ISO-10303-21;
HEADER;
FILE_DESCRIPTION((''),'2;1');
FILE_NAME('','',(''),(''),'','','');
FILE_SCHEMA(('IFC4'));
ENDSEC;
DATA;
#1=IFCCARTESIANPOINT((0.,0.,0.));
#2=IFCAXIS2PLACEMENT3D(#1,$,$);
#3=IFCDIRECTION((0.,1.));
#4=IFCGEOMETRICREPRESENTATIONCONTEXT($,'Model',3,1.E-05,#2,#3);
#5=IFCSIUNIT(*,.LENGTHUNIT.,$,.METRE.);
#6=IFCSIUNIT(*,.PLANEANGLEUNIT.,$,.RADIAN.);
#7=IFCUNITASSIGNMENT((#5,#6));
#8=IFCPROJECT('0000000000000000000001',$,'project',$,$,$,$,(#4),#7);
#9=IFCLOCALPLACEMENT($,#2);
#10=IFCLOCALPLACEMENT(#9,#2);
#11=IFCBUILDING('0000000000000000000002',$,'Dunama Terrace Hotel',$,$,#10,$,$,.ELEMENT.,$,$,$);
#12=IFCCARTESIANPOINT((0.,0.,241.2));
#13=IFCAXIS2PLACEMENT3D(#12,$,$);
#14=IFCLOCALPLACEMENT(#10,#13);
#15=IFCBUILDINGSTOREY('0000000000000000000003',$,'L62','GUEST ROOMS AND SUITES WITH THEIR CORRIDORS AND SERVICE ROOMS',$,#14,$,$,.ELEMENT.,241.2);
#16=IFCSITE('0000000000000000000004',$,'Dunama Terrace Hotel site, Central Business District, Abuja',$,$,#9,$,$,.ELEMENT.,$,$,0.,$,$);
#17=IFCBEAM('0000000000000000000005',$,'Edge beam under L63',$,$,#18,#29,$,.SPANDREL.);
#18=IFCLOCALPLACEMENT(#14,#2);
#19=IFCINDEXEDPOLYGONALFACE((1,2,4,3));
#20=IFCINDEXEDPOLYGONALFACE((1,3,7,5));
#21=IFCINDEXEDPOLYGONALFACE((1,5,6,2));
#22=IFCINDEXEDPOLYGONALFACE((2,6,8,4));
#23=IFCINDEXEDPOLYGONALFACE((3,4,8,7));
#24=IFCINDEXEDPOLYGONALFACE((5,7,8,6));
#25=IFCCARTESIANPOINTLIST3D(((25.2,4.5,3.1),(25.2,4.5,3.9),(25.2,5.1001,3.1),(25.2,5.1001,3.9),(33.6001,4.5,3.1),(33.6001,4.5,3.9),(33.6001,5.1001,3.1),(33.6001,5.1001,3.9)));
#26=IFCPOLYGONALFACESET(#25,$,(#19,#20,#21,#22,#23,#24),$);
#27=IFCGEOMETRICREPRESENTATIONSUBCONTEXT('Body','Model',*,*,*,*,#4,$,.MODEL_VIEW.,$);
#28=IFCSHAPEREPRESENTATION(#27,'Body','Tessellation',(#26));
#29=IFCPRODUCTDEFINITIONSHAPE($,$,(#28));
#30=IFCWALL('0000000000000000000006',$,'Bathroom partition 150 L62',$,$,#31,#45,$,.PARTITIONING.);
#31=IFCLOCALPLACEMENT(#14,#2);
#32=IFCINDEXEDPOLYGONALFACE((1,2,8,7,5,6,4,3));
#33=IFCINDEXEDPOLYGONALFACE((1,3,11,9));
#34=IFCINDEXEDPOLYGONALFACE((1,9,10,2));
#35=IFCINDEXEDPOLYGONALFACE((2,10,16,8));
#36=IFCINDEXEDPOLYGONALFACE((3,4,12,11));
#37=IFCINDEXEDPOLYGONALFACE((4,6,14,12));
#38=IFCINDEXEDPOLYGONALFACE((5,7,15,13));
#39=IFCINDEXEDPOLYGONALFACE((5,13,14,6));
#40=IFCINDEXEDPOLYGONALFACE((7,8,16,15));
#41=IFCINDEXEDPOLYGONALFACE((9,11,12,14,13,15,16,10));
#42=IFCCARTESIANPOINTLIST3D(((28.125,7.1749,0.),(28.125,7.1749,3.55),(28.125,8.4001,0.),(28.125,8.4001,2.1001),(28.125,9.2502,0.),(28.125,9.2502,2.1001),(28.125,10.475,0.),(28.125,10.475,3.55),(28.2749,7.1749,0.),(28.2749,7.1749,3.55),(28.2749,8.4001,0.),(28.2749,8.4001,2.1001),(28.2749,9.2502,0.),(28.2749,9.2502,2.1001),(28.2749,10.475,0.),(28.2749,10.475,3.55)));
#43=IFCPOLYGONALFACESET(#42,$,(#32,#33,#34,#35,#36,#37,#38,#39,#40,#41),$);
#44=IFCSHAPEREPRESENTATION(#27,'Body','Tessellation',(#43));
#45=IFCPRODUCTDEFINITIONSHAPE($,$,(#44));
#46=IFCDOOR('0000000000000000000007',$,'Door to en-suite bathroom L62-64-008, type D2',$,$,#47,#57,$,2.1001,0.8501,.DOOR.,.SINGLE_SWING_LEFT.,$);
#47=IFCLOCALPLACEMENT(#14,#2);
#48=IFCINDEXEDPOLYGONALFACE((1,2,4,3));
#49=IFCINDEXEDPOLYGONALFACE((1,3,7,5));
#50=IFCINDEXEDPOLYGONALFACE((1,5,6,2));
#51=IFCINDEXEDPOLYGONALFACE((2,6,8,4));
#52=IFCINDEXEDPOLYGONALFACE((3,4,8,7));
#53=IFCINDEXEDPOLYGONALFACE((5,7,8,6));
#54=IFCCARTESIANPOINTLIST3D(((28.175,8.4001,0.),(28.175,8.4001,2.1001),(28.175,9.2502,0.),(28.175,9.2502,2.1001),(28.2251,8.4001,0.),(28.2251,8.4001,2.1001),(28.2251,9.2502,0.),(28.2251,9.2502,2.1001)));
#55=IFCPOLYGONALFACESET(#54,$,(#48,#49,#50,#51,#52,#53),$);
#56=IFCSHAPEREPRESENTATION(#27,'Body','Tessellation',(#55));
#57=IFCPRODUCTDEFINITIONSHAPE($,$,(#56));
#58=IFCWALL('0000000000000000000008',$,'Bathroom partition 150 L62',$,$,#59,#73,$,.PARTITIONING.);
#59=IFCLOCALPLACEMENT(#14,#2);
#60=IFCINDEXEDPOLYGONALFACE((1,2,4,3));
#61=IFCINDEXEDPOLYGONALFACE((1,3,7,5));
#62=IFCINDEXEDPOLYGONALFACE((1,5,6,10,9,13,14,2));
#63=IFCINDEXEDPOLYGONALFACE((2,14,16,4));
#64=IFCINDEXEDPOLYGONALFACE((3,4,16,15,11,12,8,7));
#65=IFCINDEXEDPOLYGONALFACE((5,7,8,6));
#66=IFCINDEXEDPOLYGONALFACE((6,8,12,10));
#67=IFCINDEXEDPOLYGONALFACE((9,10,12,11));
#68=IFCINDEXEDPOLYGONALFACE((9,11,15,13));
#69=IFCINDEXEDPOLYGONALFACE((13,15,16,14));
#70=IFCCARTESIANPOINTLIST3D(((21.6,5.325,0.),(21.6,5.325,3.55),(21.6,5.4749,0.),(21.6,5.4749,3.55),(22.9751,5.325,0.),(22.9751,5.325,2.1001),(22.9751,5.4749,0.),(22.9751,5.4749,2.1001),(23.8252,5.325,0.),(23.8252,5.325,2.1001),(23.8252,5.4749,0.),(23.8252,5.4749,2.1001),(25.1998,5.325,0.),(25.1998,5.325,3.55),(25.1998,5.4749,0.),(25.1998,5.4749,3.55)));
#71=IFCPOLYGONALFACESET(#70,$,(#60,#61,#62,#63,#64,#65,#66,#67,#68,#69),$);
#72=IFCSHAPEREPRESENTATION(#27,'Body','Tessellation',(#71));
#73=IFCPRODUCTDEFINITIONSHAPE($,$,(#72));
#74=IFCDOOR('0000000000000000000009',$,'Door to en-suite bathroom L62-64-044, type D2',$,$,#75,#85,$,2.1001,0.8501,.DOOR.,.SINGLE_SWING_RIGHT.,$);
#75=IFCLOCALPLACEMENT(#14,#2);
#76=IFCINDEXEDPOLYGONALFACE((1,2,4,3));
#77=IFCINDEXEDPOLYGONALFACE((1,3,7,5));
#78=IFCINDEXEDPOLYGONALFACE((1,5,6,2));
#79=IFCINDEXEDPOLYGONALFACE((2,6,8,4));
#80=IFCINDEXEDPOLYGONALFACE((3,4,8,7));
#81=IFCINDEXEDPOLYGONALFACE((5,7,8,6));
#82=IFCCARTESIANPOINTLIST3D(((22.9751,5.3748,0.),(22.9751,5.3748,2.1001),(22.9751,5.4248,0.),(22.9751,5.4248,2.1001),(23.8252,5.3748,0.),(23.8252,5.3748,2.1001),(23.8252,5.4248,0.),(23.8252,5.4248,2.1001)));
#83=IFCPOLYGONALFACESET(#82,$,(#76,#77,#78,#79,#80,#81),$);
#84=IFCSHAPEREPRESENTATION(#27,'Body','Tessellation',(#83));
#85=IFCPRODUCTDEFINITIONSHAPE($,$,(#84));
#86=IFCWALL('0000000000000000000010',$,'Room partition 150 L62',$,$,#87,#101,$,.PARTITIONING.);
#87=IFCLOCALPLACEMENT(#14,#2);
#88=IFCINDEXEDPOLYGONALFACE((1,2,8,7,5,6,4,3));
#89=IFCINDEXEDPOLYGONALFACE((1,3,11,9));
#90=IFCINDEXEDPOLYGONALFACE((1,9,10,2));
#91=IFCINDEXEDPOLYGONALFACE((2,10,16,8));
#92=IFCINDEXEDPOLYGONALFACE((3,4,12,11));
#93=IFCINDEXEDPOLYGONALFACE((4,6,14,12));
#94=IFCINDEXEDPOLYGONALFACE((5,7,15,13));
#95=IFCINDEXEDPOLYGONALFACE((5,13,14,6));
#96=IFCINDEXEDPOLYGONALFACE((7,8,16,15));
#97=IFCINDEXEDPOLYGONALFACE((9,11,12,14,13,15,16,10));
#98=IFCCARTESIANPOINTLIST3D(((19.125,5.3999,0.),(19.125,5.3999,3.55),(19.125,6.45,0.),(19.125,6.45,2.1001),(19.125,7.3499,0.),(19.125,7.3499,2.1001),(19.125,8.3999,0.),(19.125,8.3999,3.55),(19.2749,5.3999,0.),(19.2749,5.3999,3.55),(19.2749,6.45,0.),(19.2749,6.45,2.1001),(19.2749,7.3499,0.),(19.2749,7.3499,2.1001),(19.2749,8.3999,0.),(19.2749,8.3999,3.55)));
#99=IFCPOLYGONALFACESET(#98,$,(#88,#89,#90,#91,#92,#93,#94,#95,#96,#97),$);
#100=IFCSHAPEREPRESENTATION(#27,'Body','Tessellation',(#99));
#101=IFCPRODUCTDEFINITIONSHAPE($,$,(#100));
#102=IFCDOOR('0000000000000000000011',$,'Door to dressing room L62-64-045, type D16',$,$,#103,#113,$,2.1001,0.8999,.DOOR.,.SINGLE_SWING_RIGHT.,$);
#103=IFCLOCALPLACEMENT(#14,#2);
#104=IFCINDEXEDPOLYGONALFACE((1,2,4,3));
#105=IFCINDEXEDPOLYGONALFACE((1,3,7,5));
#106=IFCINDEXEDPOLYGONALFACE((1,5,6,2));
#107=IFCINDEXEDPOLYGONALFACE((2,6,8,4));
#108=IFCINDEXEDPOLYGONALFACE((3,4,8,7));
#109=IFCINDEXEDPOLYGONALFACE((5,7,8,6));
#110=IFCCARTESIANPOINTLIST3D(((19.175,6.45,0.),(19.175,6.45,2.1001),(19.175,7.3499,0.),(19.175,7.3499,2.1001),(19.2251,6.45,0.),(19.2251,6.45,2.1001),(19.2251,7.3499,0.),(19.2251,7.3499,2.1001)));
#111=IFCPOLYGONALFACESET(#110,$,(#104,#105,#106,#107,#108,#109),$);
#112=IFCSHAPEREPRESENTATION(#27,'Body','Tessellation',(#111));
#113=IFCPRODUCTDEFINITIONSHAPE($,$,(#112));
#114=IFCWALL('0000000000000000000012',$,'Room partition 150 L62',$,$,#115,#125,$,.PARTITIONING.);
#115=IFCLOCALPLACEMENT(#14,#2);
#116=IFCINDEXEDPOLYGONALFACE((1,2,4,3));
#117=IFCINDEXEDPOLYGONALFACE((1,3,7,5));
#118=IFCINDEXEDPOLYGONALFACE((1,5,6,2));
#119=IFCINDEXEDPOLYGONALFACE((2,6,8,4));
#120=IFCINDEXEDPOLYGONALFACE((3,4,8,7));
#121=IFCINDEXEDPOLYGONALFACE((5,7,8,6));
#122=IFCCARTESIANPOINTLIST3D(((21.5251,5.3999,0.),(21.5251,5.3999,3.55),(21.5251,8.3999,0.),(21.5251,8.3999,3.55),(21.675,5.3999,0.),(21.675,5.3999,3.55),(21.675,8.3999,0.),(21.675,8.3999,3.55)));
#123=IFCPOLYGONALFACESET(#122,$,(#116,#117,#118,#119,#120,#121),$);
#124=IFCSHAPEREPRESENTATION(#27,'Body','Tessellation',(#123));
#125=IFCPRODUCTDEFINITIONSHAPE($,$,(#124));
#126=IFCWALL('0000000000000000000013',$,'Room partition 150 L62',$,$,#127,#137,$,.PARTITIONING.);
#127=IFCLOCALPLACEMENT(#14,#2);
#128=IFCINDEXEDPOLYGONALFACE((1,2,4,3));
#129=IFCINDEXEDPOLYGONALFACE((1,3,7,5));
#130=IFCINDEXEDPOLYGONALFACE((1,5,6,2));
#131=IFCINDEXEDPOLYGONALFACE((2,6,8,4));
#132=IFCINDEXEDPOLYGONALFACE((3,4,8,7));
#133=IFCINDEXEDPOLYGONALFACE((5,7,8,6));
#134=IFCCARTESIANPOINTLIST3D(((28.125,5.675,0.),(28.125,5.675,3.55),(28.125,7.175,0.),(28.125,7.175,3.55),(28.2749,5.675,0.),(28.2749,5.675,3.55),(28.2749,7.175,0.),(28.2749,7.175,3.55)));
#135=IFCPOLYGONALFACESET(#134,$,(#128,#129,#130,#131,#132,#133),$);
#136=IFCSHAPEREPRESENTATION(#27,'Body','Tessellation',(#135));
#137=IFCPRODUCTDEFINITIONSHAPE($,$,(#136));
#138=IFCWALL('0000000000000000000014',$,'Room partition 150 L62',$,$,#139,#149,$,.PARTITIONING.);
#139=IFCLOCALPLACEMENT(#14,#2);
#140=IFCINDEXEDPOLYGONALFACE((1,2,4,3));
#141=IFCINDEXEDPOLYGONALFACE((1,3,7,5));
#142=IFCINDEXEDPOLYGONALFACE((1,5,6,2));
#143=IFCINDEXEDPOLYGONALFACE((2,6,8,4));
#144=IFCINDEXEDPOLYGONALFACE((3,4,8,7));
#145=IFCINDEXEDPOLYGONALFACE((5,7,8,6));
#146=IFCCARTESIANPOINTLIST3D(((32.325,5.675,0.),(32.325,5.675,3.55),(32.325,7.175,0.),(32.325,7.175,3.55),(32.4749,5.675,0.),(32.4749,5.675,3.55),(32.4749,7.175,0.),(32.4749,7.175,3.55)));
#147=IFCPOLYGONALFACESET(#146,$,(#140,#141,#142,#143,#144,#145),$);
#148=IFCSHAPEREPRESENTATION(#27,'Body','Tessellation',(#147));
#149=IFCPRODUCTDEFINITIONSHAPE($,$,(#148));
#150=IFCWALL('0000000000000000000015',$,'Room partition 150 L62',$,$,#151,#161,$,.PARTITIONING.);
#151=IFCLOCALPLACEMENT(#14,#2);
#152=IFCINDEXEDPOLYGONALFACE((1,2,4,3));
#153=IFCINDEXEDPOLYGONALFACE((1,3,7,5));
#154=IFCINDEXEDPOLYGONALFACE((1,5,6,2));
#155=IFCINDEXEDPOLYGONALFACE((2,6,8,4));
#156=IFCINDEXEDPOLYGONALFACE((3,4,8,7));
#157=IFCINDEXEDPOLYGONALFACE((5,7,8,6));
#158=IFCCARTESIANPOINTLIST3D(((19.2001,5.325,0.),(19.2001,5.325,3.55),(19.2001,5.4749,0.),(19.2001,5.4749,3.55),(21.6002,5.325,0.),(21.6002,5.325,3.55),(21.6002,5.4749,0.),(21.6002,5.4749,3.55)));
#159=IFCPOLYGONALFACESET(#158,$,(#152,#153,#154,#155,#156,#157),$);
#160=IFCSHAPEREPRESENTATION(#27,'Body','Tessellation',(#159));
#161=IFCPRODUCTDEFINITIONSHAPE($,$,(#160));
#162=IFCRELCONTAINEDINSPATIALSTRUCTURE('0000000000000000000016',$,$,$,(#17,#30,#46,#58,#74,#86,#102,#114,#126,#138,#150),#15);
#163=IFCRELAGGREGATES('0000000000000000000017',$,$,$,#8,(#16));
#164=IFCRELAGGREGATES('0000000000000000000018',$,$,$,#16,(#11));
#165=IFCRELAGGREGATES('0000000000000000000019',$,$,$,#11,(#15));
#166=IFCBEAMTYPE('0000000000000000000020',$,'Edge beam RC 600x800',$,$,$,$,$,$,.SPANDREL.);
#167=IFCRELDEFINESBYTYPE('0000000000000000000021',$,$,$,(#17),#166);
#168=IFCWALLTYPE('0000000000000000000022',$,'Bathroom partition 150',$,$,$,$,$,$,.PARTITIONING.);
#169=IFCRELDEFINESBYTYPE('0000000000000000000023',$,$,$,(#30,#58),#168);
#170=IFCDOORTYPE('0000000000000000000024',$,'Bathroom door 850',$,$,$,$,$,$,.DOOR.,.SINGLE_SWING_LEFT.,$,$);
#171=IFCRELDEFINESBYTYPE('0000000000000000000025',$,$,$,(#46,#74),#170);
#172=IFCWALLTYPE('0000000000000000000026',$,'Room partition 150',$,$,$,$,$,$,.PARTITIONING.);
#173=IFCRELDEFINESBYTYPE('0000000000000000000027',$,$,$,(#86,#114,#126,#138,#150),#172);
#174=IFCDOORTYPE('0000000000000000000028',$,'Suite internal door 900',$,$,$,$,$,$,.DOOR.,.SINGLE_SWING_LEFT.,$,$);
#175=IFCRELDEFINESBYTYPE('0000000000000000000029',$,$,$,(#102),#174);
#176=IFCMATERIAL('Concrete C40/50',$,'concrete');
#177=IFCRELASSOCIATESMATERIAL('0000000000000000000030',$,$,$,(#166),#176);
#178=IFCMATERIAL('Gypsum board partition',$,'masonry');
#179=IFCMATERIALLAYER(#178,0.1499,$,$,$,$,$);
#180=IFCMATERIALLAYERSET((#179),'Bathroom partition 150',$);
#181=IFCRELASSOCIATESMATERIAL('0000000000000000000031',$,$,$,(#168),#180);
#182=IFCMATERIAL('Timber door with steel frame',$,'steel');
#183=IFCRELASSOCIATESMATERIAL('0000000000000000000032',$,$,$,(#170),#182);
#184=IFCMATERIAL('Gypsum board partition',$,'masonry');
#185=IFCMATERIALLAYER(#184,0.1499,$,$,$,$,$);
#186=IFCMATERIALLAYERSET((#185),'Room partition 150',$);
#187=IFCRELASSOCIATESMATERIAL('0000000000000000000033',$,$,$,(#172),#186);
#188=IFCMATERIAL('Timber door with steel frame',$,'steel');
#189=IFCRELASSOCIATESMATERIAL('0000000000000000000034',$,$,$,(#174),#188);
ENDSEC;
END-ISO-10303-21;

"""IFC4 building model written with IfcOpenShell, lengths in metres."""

from ifc_helpers import new_model, si_unit, direction, frame, frame_2d, origin, origin_2d, place, context, subcontext, project, spatial, rectangle, extrude, material, layer, layer_set, material_profile, profile_set, type_object, element, fill, save


model = new_model("IFC4")

# Units and contexts
model_context = context("Model", 3, precision=1e-05, world=origin(), true_north=direction((0.0, 1.0)))
body_context = subcontext(model_context, "Body", "Model", "MODEL_VIEW")
ifc_project = project(units=[si_unit("LENGTHUNIT", "METRE"), si_unit("PLANEANGLEUNIT", "RADIAN")], contexts=[model_context])

# Site, building, storey
site_placement = place(None, origin())
site = spatial("IfcSite", under=ifc_project, at=site_placement, Name="Dunama Terrace Hotel site, Central Business District, Abuja", CompositionType="ELEMENT", RefElevation=0.0)
building_placement = place(site_placement, origin())
building = spatial("IfcBuilding", under=site, at=building_placement, Name="Dunama Terrace Hotel", CompositionType="ELEMENT")
storey_placement = place(building_placement, frame((0.0, 0.0, 241.2)))
storey = spatial("IfcBuildingStorey", under=building, at=storey_placement, Name="L62", Description="GUEST ROOMS AND SUITES WITH THEIR CORRIDORS AND SERVICE ROOMS", CompositionType="ELEMENT", Elevation=241.2)

# Beam
ifc_material_1 = material(Name="Concrete C40/50", Category="concrete")
ifc_material_profile = material_profile(ifc_material_1, rectangle(XDim=0.6001, YDim=0.8, at=origin_2d()), Name="RC 600x800")
ifc_profile_set = profile_set([ifc_material_profile], Name="Concrete C40/50")
beam_type = type_object("IfcBeamType", Name="Edge beam RC 600x800", PredefinedType="SPANDREL", material=ifc_profile_set)
beam_placement = place(storey_placement, frame((25.2, 4.8, 3.5), z_axis=(1.0, 0.0, 0.0), x_axis=(0.0, 1.0, 0.0)))
element("IfcBeam", 1, at=beam_placement, inside=storey, type_object=beam_type, Name="Edge beam under L63", PredefinedType="SPANDREL", context=body_context, shape_type="SweptSolid", body=[
    extrude(rectangle(XDim=0.6001, YDim=0.8, at=origin_2d()), origin(), (0.0, 0.0, 1.0), 8.4001),
])

# Walls, openings, doors
ifc_material_2 = material(Name="Gypsum board partition", Category="masonry")
ifc_layer_1 = layer(ifc_material_2, 0.1499)
ifc_layer_set_1 = layer_set([ifc_layer_1], Name="Bathroom partition 150")
wall_type_1 = type_object("IfcWallType", Name="Bathroom partition 150", PredefinedType="PARTITIONING", material=ifc_layer_set_1)
wall_1_placement = place(storey_placement, frame((28.2, 7.175, 0.0), z_axis=(0.0, 0.0, 1.0), x_axis=(0.0, 1.0, 0.0)))
wall_1 = element("IfcWall", 2, at=wall_1_placement, inside=storey, type_object=wall_type_1, Name="Bathroom partition 150 L62", PredefinedType="PARTITIONING", context=body_context, shape_type="SweptSolid", body=[
    extrude(rectangle(XDim=3.3, YDim=0.1499, at=frame_2d((1.6499, 0.0))), origin(), (0.0, 0.0, 1.0), 3.55),
])
opening_1_placement = place(wall_1_placement, frame((1.2251, 0.0, 0.0)))
opening_1 = element("IfcOpeningElement", 3, at=opening_1_placement, cuts=wall_1, PredefinedType="OPENING", context=body_context, shape_type="SweptSolid", body=[
    extrude(rectangle(XDim=0.8501, YDim=2.1001, at=frame_2d((0.425, 1.05))), frame((0.0, 0.085, 0.0), z_axis=(0.0, -1.0, 0.0), x_axis=(1.0, 0.0, 0.0)), (0.0, 0.0, 1.0), 0.1699),
])
ifc_material_3 = material(Name="Timber door with steel frame", Category="steel")
door_type_1 = type_object("IfcDoorType", Name="Bathroom door 850", OperationType="SINGLE_SWING_LEFT", PredefinedType="DOOR", material=ifc_material_3)
door_1_placement = place(opening_1_placement, origin())
door_1 = element("IfcDoor", 4, at=door_1_placement, inside=storey, type_object=door_type_1, Name="Door to en-suite bathroom L62-64-008, type D2", OperationType="SINGLE_SWING_LEFT", OverallHeight=2.1001, OverallWidth=0.8501, PredefinedType="DOOR", context=body_context, shape_type="SweptSolid", body=[
    extrude(rectangle(XDim=0.8501, YDim=2.1001, at=frame_2d((0.425, 1.05))), frame((0.0, 0.0249, 0.0), z_axis=(0.0, -1.0, 0.0), x_axis=(1.0, 0.0, 0.0)), (0.0, 0.0, 1.0), 0.05),
])
fill(opening_1, door_1)
wall_2_placement = place(storey_placement, frame((21.6001, 5.3999, 0.0), z_axis=(0.0, 0.0, 1.0), x_axis=(1.0, 0.0, 0.0)))
wall_2 = element("IfcWall", 5, at=wall_2_placement, inside=storey, type_object=wall_type_1, Name="Bathroom partition 150 L62", PredefinedType="PARTITIONING", context=body_context, shape_type="SweptSolid", body=[
    extrude(rectangle(XDim=3.5999, YDim=0.1499, at=frame_2d((1.7998, 0.0))), origin(), (0.0, 0.0, 1.0), 3.55),
])
opening_2_placement = place(wall_2_placement, frame((1.375, 0.0, 0.0)))
opening_2 = element("IfcOpeningElement", 6, at=opening_2_placement, cuts=wall_2, PredefinedType="OPENING", context=body_context, shape_type="SweptSolid", body=[
    extrude(rectangle(XDim=0.8501, YDim=2.1001, at=frame_2d((0.425, 1.05))), frame((0.0, 0.085, 0.0), z_axis=(0.0, -1.0, 0.0), x_axis=(1.0, 0.0, 0.0)), (0.0, 0.0, 1.0), 0.1699),
])
door_2_placement = place(opening_2_placement, origin())
door_2 = element("IfcDoor", 7, at=door_2_placement, inside=storey, type_object=door_type_1, Name="Door to en-suite bathroom L62-64-044, type D2", OperationType="SINGLE_SWING_RIGHT", OverallHeight=2.1001, OverallWidth=0.8501, PredefinedType="DOOR", context=body_context, shape_type="SweptSolid", body=[
    extrude(rectangle(XDim=0.8501, YDim=2.1001, at=frame_2d((0.425, 1.05))), frame((0.0, 0.0249, 0.0), z_axis=(0.0, -1.0, 0.0), x_axis=(1.0, 0.0, 0.0)), (0.0, 0.0, 1.0), 0.05),
])
fill(opening_2, door_2)
ifc_material_4 = material(Name="Gypsum board partition", Category="masonry")
ifc_layer_2 = layer(ifc_material_4, 0.1499)
ifc_layer_set_2 = layer_set([ifc_layer_2], Name="Room partition 150")
wall_type_2 = type_object("IfcWallType", Name="Room partition 150", PredefinedType="PARTITIONING", material=ifc_layer_set_2)
wall_3_placement = place(storey_placement, frame((19.2, 5.3999, 0.0), z_axis=(0.0, 0.0, 1.0), x_axis=(0.0, 1.0, 0.0)))
wall_3 = element("IfcWall", 8, at=wall_3_placement, inside=storey, type_object=wall_type_2, Name="Room partition 150 L62", PredefinedType="PARTITIONING", context=body_context, shape_type="SweptSolid", body=[
    extrude(rectangle(XDim=3.0, YDim=0.1499, at=frame_2d((1.5, 0.0))), origin(), (0.0, 0.0, 1.0), 3.55),
])
opening_3_placement = place(wall_3_placement, frame((1.05, 0.0, 0.0)))
opening_3 = element("IfcOpeningElement", 9, at=opening_3_placement, cuts=wall_3, PredefinedType="OPENING", context=body_context, shape_type="SweptSolid", body=[
    extrude(rectangle(XDim=0.8999, YDim=2.1001, at=frame_2d((0.45, 1.05))), frame((0.0, 0.085, 0.0), z_axis=(0.0, -1.0, 0.0), x_axis=(1.0, 0.0, 0.0)), (0.0, 0.0, 1.0), 0.1699),
])
ifc_material_5 = material(Name="Timber door with steel frame", Category="steel")
door_type_2 = type_object("IfcDoorType", Name="Suite internal door 900", OperationType="SINGLE_SWING_LEFT", PredefinedType="DOOR", material=ifc_material_5)
door_3_placement = place(opening_3_placement, frame((0.8999, 0.0, 0.0), z_axis=(0.0, 0.0, 1.0), x_axis=(-1.0, 0.0, 0.0)))
door_3 = element("IfcDoor", 10, at=door_3_placement, inside=storey, type_object=door_type_2, Name="Door to dressing room L62-64-045, type D16", OperationType="SINGLE_SWING_RIGHT", OverallHeight=2.1001, OverallWidth=0.8999, PredefinedType="DOOR", context=body_context, shape_type="SweptSolid", body=[
    extrude(rectangle(XDim=0.8999, YDim=2.1001, at=frame_2d((0.45, 1.05))), frame((0.0, 0.0251, 0.0), z_axis=(0.0, -1.0, 0.0), x_axis=(1.0, 0.0, 0.0)), (0.0, 0.0, 1.0), 0.05),
])
fill(opening_3, door_3)

# Walls
wall_4_placement = place(storey_placement, frame((21.6001, 5.3999, 0.0), z_axis=(0.0, 0.0, 1.0), x_axis=(0.0, 1.0, 0.0)))
element("IfcWall", 11, at=wall_4_placement, inside=storey, type_object=wall_type_2, Name="Room partition 150 L62", PredefinedType="PARTITIONING", context=body_context, shape_type="SweptSolid", body=[
    extrude(rectangle(XDim=3.0, YDim=0.1499, at=frame_2d((1.5, 0.0))), origin(), (0.0, 0.0, 1.0), 3.55),
])
for number, where, z_axis, x_axis, name in (
    (12, (28.2, 5.675, 0.0), (0.0, 0.0, 1.0), (0.0, 1.0, 0.0), "Room partition 150 L62"),
    (13, (32.3999, 5.675, 0.0), (0.0, 0.0, 1.0), (0.0, 1.0, 0.0), "Room partition 150 L62"),
):
    element("IfcWall", number, at=place(storey_placement, frame(where, z_axis=z_axis, x_axis=x_axis)), inside=storey, type_object=wall_type_2, Name=name, PredefinedType="PARTITIONING", context=body_context, shape_type="SweptSolid", body=[
        extrude(rectangle(XDim=1.5, YDim=0.1499, at=frame_2d((0.75, 0.0))), origin(), (0.0, 0.0, 1.0), 3.55),
    ])
wall_5_placement = place(storey_placement, frame((19.2, 5.3999, 0.0), z_axis=(0.0, 0.0, 1.0), x_axis=(1.0, 0.0, 0.0)))
element("IfcWall", 14, at=wall_5_placement, inside=storey, type_object=wall_type_2, Name="Room partition 150 L62", PredefinedType="PARTITIONING", context=body_context, shape_type="SweptSolid", body=[
    extrude(rectangle(XDim=2.4001, YDim=0.1499, at=frame_2d((1.2002, 0.0))), origin(), (0.0, 0.0, 1.0), 3.55),
])

save(model, "model.ifc")
